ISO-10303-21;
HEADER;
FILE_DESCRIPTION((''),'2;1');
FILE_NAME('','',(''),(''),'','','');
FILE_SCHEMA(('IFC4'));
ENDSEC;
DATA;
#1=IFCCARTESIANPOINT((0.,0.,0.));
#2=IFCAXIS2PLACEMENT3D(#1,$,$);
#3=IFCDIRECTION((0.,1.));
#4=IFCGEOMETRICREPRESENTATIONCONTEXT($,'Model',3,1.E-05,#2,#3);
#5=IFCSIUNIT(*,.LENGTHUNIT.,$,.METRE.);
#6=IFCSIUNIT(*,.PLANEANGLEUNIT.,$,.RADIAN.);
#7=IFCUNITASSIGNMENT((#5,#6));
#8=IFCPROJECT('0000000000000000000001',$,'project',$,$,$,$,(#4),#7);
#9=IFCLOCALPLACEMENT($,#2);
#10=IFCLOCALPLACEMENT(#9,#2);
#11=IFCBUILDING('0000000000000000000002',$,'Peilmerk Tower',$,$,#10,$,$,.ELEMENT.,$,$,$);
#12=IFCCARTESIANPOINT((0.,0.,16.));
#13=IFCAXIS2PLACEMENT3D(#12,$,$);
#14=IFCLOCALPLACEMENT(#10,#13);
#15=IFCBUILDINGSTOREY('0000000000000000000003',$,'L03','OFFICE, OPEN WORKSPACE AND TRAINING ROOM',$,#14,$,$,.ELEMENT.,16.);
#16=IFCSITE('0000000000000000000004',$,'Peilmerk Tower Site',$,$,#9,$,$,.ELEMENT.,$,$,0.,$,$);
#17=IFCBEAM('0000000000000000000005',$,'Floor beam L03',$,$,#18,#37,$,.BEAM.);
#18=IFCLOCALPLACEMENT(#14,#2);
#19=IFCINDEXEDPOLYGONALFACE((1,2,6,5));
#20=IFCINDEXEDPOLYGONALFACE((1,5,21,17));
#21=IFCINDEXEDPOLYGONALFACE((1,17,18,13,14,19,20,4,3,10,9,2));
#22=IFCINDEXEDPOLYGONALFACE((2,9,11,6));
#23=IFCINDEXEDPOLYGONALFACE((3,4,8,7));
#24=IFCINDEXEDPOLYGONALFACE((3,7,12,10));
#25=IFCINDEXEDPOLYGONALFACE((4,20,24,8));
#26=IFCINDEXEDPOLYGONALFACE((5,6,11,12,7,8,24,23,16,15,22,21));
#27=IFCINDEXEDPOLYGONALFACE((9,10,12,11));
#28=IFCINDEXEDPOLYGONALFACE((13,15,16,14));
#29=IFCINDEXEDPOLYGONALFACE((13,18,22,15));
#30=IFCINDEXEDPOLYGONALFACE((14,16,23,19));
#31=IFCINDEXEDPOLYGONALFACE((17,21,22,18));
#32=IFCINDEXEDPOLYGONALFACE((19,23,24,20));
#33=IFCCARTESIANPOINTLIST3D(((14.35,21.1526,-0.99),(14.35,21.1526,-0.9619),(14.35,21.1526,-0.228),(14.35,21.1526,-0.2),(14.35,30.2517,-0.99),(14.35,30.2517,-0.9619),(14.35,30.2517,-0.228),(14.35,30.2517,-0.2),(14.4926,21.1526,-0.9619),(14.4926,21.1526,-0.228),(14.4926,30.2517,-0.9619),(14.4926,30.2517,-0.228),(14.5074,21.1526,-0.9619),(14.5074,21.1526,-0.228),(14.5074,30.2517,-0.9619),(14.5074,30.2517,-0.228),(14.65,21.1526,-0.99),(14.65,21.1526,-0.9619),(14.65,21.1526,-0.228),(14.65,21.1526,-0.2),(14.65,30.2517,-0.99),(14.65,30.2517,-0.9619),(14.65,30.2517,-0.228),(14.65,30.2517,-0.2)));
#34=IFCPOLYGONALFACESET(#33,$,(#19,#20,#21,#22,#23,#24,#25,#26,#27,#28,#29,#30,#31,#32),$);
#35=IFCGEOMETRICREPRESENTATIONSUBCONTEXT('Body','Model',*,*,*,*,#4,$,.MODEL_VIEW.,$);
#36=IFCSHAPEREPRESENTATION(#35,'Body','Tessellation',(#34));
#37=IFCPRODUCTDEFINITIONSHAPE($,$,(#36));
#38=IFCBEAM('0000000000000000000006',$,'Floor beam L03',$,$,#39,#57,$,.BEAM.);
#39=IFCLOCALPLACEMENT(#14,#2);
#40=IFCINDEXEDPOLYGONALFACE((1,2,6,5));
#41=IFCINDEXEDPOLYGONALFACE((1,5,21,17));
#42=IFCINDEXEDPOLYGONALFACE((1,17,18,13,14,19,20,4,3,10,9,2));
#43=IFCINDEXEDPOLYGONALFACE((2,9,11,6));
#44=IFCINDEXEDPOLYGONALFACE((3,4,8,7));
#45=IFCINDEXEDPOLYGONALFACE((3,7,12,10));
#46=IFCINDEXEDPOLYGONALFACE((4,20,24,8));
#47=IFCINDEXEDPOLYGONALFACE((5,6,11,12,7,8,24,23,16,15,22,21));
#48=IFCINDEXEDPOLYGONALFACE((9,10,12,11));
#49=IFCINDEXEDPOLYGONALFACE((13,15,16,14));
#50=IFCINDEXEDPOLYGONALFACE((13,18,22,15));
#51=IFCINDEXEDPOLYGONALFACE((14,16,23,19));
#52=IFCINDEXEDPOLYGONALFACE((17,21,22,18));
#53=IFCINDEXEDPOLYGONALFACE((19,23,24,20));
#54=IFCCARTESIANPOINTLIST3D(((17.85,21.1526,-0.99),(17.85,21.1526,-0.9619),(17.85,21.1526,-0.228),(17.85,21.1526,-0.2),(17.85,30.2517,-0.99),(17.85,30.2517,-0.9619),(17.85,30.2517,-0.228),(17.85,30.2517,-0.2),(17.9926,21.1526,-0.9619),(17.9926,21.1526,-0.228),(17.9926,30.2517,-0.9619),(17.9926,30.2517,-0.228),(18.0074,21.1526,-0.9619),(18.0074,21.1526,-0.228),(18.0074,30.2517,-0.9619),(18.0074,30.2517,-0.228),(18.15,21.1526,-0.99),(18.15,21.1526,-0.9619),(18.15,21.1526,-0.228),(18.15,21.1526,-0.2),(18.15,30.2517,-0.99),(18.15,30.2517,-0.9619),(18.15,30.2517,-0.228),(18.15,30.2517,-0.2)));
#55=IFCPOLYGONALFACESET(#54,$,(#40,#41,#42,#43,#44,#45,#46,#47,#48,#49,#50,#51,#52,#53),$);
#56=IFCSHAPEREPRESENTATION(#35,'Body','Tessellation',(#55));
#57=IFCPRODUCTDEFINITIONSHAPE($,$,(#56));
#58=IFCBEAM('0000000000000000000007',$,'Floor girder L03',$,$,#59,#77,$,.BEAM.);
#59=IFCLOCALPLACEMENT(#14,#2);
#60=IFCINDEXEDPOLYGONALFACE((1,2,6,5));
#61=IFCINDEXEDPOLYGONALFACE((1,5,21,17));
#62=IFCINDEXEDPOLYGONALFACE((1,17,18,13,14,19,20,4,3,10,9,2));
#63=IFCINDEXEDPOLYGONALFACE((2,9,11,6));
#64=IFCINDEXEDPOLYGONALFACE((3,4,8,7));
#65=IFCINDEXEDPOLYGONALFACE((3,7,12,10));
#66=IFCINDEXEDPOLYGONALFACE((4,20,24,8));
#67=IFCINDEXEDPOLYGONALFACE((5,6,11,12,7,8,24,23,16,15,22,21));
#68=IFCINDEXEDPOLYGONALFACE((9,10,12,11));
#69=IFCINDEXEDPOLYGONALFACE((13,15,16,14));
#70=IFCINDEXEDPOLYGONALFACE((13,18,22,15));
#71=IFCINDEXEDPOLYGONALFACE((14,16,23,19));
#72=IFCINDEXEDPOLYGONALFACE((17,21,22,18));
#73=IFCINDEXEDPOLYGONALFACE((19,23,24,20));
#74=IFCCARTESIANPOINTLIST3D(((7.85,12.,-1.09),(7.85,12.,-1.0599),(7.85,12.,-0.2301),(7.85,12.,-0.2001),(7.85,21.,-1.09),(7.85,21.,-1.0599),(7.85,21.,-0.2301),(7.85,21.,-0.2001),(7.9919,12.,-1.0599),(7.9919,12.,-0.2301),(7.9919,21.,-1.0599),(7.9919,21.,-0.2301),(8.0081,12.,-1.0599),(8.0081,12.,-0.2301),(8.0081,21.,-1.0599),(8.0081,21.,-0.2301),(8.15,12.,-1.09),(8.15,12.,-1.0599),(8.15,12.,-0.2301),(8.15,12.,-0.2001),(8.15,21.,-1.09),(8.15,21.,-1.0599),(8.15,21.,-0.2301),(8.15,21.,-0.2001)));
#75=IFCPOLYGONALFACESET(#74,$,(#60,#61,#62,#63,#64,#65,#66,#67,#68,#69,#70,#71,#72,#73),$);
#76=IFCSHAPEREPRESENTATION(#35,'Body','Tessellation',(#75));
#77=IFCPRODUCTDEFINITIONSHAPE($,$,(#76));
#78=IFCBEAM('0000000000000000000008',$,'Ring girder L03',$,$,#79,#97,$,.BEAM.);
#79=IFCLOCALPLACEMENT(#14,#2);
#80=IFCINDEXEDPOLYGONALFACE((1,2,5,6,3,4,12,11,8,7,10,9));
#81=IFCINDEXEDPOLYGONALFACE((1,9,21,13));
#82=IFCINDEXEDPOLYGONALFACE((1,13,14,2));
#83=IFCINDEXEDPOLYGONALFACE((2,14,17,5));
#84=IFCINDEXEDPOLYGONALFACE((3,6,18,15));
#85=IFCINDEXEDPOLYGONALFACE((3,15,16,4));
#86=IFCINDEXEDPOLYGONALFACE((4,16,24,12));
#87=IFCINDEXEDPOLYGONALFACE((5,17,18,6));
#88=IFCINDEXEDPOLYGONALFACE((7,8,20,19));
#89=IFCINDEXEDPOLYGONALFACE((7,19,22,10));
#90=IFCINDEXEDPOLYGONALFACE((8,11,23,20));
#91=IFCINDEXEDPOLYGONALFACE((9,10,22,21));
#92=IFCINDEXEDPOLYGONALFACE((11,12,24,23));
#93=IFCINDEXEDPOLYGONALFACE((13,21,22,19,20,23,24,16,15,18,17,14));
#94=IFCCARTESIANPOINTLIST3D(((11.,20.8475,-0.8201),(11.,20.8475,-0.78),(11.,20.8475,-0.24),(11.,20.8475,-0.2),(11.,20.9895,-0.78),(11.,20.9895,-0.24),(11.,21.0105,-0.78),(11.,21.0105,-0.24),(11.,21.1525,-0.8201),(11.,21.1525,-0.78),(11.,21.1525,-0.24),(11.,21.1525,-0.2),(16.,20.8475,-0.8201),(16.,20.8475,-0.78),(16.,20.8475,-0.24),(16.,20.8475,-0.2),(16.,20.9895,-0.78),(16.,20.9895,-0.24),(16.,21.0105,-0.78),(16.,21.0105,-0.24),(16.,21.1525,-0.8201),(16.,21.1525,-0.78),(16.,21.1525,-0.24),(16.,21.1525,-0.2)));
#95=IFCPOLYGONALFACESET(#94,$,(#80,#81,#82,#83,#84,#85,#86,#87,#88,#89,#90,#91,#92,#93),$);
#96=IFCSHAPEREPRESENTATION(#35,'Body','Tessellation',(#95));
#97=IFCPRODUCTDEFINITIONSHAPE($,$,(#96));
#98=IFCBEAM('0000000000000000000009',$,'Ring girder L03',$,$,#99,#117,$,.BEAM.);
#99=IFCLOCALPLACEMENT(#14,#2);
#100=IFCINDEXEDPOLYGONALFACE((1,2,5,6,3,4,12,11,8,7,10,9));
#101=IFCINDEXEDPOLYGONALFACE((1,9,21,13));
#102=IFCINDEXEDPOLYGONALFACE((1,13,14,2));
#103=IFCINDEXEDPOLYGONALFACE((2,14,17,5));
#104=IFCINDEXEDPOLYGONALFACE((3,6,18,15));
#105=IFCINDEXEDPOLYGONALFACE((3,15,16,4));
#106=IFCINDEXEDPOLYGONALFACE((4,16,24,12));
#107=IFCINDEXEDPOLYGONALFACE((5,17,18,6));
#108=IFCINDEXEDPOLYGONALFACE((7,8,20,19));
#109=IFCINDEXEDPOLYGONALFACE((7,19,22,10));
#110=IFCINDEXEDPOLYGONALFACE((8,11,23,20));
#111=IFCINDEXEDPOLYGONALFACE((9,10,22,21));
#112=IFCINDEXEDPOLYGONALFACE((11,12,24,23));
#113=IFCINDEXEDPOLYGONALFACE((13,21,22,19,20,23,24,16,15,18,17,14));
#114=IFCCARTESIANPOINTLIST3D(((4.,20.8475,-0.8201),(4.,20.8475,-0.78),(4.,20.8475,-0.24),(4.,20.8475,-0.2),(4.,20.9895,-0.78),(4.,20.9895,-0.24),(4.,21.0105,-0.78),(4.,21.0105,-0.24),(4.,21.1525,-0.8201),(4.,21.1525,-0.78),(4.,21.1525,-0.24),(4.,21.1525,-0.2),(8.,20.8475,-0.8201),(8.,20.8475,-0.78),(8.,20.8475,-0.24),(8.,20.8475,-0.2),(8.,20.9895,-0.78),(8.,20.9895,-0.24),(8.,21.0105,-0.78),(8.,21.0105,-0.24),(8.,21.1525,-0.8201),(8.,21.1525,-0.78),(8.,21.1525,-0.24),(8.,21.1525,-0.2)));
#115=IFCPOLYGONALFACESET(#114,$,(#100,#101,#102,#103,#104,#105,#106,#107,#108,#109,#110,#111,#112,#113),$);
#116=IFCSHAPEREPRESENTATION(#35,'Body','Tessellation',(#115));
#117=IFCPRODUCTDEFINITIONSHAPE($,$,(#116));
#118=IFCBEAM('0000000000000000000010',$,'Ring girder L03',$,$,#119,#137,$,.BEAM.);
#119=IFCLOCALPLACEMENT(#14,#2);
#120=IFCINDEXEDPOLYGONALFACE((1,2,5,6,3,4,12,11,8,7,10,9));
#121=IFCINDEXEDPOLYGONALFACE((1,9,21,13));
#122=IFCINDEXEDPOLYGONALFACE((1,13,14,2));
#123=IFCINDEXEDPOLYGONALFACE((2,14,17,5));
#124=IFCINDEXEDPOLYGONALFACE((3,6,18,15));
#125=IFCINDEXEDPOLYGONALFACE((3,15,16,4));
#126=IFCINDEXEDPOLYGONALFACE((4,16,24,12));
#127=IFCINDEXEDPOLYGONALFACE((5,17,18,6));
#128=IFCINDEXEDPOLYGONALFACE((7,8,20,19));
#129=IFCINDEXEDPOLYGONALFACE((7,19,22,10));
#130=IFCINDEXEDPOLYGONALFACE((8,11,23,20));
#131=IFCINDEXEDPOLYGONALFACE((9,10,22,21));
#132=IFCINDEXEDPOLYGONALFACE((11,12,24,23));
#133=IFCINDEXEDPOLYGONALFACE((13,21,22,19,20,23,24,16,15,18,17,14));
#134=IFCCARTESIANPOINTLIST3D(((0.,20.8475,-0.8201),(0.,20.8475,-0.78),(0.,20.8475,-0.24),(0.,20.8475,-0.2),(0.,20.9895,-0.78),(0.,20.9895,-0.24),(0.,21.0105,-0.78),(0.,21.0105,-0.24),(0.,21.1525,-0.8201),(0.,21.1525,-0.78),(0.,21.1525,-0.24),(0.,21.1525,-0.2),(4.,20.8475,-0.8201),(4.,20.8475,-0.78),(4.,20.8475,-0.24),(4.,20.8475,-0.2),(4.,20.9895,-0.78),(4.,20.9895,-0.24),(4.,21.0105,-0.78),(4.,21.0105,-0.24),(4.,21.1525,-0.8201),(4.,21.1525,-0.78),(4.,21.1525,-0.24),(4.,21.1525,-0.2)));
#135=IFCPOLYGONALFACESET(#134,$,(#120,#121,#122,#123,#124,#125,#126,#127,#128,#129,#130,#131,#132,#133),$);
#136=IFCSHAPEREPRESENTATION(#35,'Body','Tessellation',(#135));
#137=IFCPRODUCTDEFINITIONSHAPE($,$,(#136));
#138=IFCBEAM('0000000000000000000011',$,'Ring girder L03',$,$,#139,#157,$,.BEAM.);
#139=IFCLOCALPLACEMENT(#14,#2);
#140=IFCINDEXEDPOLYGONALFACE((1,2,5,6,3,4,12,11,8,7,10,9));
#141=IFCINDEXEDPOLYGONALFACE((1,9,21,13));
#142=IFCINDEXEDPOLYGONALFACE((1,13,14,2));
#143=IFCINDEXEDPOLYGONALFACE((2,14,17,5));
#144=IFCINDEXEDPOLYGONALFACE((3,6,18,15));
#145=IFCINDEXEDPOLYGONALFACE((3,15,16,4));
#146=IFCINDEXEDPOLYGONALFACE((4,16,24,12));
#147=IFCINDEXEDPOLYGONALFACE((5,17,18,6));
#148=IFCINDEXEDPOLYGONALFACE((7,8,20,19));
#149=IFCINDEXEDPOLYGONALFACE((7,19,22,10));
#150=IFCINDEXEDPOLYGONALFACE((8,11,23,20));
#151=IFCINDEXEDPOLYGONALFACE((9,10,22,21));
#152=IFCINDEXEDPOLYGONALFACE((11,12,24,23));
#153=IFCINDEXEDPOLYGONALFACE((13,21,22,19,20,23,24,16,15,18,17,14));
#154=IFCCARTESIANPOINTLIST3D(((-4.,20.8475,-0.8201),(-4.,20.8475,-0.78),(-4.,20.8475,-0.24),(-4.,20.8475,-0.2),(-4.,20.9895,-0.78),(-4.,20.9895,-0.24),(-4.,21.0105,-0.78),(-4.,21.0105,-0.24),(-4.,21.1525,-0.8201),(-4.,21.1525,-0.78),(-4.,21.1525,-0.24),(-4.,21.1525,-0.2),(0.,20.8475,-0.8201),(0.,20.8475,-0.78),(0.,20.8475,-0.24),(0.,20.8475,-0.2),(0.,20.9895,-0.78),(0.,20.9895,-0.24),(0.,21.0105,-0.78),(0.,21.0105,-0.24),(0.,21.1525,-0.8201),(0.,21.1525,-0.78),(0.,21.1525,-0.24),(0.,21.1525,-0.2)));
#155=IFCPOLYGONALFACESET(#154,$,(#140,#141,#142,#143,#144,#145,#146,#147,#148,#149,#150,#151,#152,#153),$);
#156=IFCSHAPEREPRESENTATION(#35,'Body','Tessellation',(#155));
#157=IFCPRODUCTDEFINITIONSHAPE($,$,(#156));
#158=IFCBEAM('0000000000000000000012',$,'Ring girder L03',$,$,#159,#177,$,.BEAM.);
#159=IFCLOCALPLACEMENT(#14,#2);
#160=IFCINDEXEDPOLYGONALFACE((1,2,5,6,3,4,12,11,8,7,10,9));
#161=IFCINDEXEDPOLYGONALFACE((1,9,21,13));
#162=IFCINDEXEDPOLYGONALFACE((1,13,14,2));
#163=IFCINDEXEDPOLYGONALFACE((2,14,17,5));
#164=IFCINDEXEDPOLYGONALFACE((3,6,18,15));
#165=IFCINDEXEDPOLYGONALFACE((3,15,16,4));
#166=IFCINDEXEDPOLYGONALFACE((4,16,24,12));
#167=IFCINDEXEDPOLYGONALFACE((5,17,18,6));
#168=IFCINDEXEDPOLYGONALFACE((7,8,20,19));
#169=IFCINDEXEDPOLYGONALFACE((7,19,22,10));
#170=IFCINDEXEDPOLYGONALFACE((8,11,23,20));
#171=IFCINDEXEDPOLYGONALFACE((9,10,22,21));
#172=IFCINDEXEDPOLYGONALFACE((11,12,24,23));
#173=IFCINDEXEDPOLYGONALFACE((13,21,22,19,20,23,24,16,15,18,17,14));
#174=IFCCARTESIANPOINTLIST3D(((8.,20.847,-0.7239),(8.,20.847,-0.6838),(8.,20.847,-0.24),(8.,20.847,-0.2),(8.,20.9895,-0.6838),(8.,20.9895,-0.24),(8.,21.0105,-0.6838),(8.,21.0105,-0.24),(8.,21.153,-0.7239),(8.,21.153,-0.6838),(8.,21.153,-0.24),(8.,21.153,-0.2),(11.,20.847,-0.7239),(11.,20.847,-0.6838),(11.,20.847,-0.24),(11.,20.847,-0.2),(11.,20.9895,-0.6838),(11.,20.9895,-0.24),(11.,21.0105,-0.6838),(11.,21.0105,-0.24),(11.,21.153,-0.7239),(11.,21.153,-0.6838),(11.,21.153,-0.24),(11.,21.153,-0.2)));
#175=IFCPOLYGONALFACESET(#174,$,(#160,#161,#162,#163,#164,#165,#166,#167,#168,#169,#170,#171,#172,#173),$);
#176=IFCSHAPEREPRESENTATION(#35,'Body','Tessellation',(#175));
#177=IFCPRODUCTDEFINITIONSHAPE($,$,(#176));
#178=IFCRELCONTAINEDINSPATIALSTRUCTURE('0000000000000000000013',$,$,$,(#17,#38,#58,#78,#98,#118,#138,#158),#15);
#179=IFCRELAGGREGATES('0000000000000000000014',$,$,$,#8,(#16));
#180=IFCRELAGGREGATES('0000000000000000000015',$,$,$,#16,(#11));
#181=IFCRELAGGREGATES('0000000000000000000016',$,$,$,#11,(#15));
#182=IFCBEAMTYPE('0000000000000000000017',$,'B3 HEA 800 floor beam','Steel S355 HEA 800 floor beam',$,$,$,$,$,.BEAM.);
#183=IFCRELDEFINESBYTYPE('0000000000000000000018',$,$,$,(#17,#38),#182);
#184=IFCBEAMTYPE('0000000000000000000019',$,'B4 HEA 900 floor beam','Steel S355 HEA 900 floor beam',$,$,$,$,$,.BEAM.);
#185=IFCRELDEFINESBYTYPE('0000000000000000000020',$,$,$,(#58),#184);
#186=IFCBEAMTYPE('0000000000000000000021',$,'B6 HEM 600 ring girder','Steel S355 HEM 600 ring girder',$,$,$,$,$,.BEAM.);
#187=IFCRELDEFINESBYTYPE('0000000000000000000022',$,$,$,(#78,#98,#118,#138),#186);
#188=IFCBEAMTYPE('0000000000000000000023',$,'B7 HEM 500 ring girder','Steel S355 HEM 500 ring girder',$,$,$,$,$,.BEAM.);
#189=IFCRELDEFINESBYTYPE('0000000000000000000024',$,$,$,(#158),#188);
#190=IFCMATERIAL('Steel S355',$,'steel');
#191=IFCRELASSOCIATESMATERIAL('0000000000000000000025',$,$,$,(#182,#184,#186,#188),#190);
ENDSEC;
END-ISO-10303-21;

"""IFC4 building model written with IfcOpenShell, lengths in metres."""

from ifc_helpers import new_model, si_unit, direction, frame, origin, origin_2d, place, context, subcontext, project, spatial, i_section, extrude, material, material_profile, profile_set, type_object, element, save


model = new_model("IFC4")

# Units and contexts
model_context = context("Model", 3, precision=1e-05, world=origin(), true_north=direction((0.0, 1.0)))
body_context = subcontext(model_context, "Body", "Model", "MODEL_VIEW")
ifc_project = project(units=[si_unit("LENGTHUNIT", "METRE"), si_unit("PLANEANGLEUNIT", "RADIAN")], contexts=[model_context])

# Site, building, storey
site_placement = place(None, origin())
site = spatial("IfcSite", under=ifc_project, at=site_placement, Name="Peilmerk Tower Site", CompositionType="ELEMENT", RefElevation=0.0)
building_placement = place(site_placement, origin())
building = spatial("IfcBuilding", under=site, at=building_placement, Name="Peilmerk Tower", CompositionType="ELEMENT")
storey_placement = place(building_placement, frame((0.0, 0.0, 16.0)))
storey = spatial("IfcBuildingStorey", under=building, at=storey_placement, Name="L03", Description="OFFICE, OPEN WORKSPACE AND TRAINING ROOM", CompositionType="ELEMENT", Elevation=16.0)

# Beams
ifc_material_1 = material(Name="Steel S355", Category="steel")
ifc_material_profile_1 = material_profile(ifc_material_1, i_section(OverallWidth=0.3, OverallDepth=0.79, WebThickness=0.0149, FlangeThickness=0.0281, at=origin_2d()), Name="HEA 800")
ifc_profile_set_1 = profile_set([ifc_material_profile_1], Name="Steel S355")
beam_type_1 = type_object("IfcBeamType", Name="B3 HEA 800 floor beam", Description="Steel S355 HEA 800 floor beam", PredefinedType="BEAM", material=ifc_profile_set_1)
for number, where, z_axis, x_axis, name in (
    (1, (14.5, 21.1526, -0.595), (0.0, 1.0, 0.0), (-1.0, 0.0, 0.0), "Floor beam L03"),
    (2, (18.0, 21.1526, -0.595), (0.0, 1.0, 0.0), (-1.0, 0.0, 0.0), "Floor beam L03"),
):
    element("IfcBeam", number, at=place(storey_placement, frame(where, z_axis=z_axis, x_axis=x_axis)), inside=storey, type_object=beam_type_1, Name=name, PredefinedType="BEAM", context=body_context, shape_type="SweptSolid", body=[
        extrude(i_section(OverallWidth=0.3, OverallDepth=0.79, WebThickness=0.0149, FlangeThickness=0.0281, at=origin_2d()), origin(), (0.0, 0.0, 1.0), 9.0991),
    ])
ifc_material_profile_2 = material_profile(ifc_material_1, i_section(OverallWidth=0.3, OverallDepth=0.8899, WebThickness=0.0161, FlangeThickness=0.03, at=origin_2d()), Name="HEA 900")
ifc_profile_set_2 = profile_set([ifc_material_profile_2], Name="Steel S355")
beam_type_2 = type_object("IfcBeamType", Name="B4 HEA 900 floor beam", Description="Steel S355 HEA 900 floor beam", PredefinedType="BEAM", material=ifc_profile_set_2)
beam_1_placement = place(storey_placement, frame((8.0, 12.0, -0.645), z_axis=(0.0, 1.0, 0.0), x_axis=(-1.0, 0.0, 0.0)))
element("IfcBeam", 3, at=beam_1_placement, inside=storey, type_object=beam_type_2, Name="Floor girder L03", PredefinedType="BEAM", context=body_context, shape_type="SweptSolid", body=[
    extrude(i_section(OverallWidth=0.3, OverallDepth=0.8899, WebThickness=0.0161, FlangeThickness=0.03, at=origin_2d()), origin(), (0.0, 0.0, 1.0), 9.0),
])
ifc_material_profile_3 = material_profile(ifc_material_1, i_section(OverallWidth=0.3049, OverallDepth=0.6201, WebThickness=0.021, FlangeThickness=0.04, at=origin_2d()), Name="HEM 600")
ifc_profile_set_3 = profile_set([ifc_material_profile_3], Name="Steel S355")
beam_type_3 = type_object("IfcBeamType", Name="B6 HEM 600 ring girder", Description="Steel S355 HEM 600 ring girder", PredefinedType="BEAM", material=ifc_profile_set_3)
beam_2_placement = place(storey_placement, frame((16.0, 21.0, -0.51), z_axis=(-1.0, 0.0, 0.0), x_axis=(0.0, -1.0, 0.0)))
element("IfcBeam", 4, at=beam_2_placement, inside=storey, type_object=beam_type_3, Name="Ring girder L03", PredefinedType="BEAM", context=body_context, shape_type="SweptSolid", body=[
    extrude(i_section(OverallWidth=0.3049, OverallDepth=0.6201, WebThickness=0.021, FlangeThickness=0.04, at=origin_2d()), origin(), (0.0, 0.0, 1.0), 5.0),
])
for number, where, z_axis, x_axis, name in (
    (5, (8.0, 21.0, -0.51), (-1.0, 0.0, 0.0), (0.0, -1.0, 0.0), "Ring girder L03"),
    (6, (4.0, 21.0, -0.51), (-1.0, 0.0, 0.0), (0.0, -1.0, 0.0), "Ring girder L03"),
    (7, (0.0, 21.0, -0.51), (-1.0, 0.0, 0.0), (0.0, -1.0, 0.0), "Ring girder L03"),
):
    element("IfcBeam", number, at=place(storey_placement, frame(where, z_axis=z_axis, x_axis=x_axis)), inside=storey, type_object=beam_type_3, Name=name, PredefinedType="BEAM", context=body_context, shape_type="SweptSolid", body=[
        extrude(i_section(OverallWidth=0.3049, OverallDepth=0.6201, WebThickness=0.021, FlangeThickness=0.04, at=origin_2d()), origin(), (0.0, 0.0, 1.0), 4.0),
    ])
ifc_material_profile_4 = material_profile(ifc_material_1, i_section(OverallWidth=0.3059, OverallDepth=0.5239, WebThickness=0.021, FlangeThickness=0.04, at=origin_2d()), Name="HEM 500")
ifc_profile_set_4 = profile_set([ifc_material_profile_4], Name="Steel S355")
beam_type_4 = type_object("IfcBeamType", Name="B7 HEM 500 ring girder", Description="Steel S355 HEM 500 ring girder", PredefinedType="BEAM", material=ifc_profile_set_4)
beam_3_placement = place(storey_placement, frame((11.0, 21.0, -0.4619), z_axis=(-1.0, 0.0, 0.0), x_axis=(0.0, -1.0, 0.0)))
element("IfcBeam", 8, at=beam_3_placement, inside=storey, type_object=beam_type_4, Name="Ring girder L03", PredefinedType="BEAM", context=body_context, shape_type="SweptSolid", body=[
    extrude(i_section(OverallWidth=0.3059, OverallDepth=0.5239, WebThickness=0.021, FlangeThickness=0.04, at=origin_2d()), origin(), (0.0, 0.0, 1.0), 3.0),
])

save(model, "model.ifc")
